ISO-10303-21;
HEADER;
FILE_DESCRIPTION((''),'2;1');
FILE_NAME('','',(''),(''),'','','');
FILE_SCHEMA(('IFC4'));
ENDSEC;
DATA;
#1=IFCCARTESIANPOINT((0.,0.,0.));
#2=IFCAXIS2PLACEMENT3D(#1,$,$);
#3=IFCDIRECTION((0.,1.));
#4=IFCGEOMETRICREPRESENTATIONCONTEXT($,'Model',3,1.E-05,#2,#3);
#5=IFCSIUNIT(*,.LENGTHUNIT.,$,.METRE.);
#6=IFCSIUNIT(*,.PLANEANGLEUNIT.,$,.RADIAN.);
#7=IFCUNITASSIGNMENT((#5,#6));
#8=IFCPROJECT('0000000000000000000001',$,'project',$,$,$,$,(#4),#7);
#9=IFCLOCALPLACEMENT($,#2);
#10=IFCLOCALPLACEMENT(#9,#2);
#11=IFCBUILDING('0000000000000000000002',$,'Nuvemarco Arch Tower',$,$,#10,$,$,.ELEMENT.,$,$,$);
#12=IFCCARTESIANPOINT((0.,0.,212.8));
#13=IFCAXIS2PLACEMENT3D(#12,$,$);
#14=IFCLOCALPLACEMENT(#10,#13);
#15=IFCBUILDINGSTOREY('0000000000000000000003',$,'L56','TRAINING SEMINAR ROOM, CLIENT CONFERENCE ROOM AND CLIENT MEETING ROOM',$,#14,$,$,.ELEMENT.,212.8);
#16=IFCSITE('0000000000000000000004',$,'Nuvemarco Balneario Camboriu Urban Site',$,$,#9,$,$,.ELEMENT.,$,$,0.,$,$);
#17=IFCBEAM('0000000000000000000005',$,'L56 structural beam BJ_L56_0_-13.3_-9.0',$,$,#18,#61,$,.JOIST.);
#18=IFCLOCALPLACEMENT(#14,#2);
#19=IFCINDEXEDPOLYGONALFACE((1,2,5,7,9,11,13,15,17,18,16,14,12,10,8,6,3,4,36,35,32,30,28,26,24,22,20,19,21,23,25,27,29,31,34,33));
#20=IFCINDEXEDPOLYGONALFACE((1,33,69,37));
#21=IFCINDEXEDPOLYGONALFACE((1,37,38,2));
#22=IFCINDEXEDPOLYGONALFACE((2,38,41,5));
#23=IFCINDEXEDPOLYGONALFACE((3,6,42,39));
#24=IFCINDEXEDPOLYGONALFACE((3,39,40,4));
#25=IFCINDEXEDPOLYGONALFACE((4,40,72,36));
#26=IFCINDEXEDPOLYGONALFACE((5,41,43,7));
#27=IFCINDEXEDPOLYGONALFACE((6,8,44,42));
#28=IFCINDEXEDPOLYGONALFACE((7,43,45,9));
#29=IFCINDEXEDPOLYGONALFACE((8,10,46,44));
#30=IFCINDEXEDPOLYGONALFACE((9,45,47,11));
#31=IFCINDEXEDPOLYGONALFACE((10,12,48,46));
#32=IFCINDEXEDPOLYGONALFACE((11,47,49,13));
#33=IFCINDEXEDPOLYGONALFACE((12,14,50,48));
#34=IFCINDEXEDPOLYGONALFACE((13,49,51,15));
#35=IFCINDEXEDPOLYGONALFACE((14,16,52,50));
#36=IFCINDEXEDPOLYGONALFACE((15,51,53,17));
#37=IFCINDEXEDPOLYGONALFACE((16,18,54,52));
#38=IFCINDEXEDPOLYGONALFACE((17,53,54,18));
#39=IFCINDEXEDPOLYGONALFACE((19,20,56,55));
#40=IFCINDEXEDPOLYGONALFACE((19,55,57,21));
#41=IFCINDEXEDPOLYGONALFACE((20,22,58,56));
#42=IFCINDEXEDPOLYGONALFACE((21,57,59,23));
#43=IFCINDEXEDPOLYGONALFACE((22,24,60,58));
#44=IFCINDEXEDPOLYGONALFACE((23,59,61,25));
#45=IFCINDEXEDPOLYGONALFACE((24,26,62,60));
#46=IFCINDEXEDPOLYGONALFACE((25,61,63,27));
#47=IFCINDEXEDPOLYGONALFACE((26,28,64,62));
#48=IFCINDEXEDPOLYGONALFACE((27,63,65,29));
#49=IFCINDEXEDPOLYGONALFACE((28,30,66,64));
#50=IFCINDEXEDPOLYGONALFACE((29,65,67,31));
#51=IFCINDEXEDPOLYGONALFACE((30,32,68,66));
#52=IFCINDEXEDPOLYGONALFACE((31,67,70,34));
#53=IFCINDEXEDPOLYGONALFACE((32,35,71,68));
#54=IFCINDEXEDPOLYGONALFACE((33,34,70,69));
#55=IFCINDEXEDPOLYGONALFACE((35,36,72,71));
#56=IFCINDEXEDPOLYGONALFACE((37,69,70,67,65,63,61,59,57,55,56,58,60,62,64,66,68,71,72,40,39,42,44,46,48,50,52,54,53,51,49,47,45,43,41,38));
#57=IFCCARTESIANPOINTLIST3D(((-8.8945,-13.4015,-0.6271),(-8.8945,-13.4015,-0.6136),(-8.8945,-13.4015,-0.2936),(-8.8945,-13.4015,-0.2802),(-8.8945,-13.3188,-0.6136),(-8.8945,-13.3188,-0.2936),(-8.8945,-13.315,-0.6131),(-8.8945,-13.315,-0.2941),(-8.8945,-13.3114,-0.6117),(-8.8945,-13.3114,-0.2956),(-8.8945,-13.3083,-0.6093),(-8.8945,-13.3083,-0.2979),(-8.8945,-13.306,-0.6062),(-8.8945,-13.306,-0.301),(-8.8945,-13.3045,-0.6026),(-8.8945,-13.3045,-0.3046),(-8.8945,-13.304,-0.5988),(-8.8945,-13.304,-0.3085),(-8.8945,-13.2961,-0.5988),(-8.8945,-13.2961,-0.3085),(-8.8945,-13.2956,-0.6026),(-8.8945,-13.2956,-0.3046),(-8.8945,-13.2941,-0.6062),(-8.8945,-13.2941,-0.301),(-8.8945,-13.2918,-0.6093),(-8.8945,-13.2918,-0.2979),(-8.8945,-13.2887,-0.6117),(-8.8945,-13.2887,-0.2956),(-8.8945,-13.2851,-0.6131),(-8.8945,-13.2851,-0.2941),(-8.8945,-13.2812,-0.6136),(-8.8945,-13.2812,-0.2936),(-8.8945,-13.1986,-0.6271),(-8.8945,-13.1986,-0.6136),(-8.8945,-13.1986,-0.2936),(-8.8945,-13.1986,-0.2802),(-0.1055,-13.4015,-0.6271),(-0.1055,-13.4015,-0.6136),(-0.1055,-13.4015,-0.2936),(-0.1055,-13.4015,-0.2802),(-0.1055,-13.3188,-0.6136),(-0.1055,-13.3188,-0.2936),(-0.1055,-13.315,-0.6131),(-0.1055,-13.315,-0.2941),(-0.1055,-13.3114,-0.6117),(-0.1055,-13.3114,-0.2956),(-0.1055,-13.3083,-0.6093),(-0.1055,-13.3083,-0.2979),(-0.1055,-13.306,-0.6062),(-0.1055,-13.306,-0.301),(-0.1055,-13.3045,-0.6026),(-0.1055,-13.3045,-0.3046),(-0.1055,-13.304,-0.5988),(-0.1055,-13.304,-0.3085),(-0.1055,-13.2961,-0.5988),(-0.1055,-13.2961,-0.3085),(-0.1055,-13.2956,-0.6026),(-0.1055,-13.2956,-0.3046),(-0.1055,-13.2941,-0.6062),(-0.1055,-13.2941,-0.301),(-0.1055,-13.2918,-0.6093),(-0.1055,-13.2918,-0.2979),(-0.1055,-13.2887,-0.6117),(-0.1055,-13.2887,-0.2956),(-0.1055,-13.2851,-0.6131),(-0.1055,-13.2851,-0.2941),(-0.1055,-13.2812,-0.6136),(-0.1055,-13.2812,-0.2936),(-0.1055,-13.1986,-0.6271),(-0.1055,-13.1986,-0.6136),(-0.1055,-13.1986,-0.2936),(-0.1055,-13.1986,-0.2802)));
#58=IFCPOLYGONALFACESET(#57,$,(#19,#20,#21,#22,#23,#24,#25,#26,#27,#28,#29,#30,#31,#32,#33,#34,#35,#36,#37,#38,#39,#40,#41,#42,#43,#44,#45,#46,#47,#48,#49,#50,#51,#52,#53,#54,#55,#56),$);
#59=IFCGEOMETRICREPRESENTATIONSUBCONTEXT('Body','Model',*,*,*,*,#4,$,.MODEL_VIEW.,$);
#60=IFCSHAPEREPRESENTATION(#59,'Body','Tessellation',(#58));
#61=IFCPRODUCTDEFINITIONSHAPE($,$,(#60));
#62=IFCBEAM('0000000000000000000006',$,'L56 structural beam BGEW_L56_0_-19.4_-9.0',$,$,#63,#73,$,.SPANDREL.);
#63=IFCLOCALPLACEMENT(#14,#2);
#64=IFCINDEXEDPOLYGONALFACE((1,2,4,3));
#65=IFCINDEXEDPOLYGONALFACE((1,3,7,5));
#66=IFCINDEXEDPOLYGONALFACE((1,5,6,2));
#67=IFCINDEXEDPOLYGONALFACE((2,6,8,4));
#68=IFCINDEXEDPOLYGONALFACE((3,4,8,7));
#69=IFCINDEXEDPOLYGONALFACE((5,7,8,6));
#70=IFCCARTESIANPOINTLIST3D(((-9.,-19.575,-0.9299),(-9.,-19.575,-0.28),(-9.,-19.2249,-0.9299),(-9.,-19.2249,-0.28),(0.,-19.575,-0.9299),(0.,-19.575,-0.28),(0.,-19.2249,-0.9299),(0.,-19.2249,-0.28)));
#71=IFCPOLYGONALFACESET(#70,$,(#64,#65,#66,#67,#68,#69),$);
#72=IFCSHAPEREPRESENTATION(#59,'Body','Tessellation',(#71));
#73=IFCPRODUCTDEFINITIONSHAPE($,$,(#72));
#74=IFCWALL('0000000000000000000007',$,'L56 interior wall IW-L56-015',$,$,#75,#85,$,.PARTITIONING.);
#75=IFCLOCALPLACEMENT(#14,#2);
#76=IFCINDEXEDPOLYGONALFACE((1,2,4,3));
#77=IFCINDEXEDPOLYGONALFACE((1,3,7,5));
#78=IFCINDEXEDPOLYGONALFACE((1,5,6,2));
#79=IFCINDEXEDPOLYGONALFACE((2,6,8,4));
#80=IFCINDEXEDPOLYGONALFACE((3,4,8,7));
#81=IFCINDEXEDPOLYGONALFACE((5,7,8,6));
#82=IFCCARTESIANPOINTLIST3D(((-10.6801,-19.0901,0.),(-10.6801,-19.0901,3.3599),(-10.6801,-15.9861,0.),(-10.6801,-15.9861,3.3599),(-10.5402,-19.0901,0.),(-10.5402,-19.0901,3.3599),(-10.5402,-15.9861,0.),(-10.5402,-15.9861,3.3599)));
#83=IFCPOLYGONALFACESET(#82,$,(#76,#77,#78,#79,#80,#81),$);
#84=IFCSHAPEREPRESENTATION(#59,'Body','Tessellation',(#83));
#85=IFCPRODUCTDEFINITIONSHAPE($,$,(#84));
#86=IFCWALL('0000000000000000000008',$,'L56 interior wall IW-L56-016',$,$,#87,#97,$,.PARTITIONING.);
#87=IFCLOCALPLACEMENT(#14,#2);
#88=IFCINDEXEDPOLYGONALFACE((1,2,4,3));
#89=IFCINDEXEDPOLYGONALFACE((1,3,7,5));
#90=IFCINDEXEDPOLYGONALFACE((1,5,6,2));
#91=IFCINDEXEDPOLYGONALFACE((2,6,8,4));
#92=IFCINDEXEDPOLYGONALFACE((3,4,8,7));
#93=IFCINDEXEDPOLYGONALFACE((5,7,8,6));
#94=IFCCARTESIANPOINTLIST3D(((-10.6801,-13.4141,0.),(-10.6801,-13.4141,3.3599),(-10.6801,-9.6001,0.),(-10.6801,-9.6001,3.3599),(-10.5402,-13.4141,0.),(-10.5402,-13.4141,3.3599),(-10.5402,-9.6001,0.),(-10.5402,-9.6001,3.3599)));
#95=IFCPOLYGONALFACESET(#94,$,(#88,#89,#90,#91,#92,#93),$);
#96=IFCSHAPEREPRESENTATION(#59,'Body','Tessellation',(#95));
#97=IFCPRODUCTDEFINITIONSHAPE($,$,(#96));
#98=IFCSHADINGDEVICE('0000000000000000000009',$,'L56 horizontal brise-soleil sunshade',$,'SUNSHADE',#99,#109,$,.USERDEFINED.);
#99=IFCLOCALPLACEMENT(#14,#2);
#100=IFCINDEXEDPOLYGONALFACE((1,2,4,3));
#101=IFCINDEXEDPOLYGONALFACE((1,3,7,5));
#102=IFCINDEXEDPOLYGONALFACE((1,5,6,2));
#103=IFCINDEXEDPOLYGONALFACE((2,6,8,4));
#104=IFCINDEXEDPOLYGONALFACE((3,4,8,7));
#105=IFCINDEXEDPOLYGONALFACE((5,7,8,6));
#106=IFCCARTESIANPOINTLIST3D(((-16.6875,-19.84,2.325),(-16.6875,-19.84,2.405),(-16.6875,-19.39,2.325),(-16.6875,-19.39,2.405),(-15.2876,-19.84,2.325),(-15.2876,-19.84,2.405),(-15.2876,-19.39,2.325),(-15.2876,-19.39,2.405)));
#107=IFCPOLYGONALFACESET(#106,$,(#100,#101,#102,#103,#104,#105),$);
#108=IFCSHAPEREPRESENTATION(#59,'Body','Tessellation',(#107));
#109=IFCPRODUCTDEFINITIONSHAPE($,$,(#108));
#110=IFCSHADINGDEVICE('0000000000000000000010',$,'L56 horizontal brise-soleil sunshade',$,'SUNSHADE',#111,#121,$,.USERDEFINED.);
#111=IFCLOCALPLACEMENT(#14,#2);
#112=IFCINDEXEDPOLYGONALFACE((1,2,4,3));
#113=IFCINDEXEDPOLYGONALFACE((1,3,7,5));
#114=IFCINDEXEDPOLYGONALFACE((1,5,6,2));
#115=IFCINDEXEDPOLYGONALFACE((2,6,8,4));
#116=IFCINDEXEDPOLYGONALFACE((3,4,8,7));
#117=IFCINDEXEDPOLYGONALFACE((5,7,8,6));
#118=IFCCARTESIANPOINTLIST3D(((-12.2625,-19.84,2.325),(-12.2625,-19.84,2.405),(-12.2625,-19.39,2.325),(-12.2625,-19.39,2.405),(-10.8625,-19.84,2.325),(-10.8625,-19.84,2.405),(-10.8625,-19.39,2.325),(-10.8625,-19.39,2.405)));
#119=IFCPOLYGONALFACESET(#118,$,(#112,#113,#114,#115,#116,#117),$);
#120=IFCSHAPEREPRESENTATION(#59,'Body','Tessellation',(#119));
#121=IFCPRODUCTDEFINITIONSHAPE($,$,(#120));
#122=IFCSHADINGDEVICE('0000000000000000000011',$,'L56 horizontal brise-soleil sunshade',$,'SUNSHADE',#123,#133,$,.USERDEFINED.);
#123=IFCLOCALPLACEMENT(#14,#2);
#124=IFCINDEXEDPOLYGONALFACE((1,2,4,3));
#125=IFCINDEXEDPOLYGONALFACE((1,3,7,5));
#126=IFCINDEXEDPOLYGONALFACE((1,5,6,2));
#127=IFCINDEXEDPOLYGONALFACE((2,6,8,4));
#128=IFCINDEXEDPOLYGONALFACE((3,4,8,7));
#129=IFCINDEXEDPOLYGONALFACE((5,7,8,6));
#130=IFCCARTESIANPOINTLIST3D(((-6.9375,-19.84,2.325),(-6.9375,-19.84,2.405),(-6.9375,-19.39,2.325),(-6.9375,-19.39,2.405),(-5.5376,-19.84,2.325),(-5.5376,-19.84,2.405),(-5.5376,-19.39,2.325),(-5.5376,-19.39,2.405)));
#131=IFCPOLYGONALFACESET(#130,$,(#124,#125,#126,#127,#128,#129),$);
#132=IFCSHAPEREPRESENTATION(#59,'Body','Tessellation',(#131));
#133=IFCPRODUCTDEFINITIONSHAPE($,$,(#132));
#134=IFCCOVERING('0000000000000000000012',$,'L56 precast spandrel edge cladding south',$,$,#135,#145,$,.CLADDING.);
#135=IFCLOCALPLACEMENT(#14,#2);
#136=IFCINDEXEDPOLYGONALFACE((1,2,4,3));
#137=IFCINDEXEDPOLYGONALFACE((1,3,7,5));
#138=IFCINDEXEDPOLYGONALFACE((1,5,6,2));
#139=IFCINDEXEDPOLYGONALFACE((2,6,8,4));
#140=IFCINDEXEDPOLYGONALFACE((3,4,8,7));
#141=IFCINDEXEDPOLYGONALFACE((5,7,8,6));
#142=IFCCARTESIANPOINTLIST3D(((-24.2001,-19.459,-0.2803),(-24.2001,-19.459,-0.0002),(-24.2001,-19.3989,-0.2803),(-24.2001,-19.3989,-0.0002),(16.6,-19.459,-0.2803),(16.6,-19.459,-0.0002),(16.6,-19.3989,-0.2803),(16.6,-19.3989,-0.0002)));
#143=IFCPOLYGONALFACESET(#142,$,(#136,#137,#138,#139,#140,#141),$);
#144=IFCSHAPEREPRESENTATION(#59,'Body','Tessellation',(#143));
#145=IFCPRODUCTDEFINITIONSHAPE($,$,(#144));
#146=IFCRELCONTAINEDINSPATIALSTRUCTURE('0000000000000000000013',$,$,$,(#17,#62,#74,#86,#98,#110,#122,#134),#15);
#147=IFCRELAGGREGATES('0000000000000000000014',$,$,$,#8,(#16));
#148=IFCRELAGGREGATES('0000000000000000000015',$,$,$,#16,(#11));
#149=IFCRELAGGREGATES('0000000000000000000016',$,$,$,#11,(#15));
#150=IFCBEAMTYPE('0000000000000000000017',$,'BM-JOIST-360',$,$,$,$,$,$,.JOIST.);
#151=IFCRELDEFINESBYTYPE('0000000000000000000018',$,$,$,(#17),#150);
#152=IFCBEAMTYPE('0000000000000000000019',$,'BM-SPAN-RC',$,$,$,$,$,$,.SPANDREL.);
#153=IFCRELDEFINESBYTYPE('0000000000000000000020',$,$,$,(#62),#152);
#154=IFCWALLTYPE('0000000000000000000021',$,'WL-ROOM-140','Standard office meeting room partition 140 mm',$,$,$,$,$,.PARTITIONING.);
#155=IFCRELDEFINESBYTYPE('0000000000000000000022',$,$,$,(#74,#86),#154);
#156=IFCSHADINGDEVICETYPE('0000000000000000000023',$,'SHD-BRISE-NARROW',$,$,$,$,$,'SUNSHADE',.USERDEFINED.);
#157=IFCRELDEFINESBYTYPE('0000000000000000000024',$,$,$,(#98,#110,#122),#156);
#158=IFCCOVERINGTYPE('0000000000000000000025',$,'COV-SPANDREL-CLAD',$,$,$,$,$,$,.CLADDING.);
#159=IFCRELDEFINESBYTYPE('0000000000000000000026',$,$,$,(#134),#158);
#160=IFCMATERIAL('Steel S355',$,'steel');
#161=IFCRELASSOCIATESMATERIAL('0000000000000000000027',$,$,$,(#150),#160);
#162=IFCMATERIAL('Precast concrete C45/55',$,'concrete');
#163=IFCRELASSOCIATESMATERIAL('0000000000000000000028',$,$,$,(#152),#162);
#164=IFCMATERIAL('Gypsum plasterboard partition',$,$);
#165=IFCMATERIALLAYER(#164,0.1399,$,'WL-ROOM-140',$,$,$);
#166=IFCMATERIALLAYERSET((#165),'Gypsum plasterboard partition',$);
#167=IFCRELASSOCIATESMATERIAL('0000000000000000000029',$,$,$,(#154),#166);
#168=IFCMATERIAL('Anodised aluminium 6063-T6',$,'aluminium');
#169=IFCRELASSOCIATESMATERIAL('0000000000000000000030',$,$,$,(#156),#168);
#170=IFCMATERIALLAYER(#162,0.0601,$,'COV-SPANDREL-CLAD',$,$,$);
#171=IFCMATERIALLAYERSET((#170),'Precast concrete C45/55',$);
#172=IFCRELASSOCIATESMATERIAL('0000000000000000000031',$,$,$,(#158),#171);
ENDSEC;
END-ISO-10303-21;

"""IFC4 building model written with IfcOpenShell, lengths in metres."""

from ifc_helpers import new_model, si_unit, direction, frame, frame_2d, origin, origin_2d, place, context, subcontext, project, spatial, rectangle, i_section, extrude, source, transform, mapped, material, layer, layer_set, material_profile, profile_set, type_object, type_shapes, element, save


model = new_model("IFC4")

# Units and contexts
model_context = context("Model", 3, precision=1e-05, world=origin(), true_north=direction((0.0, 1.0)))
body_context = subcontext(model_context, "Body", "Model", "MODEL_VIEW")
ifc_project = project(units=[si_unit("LENGTHUNIT", "METRE"), si_unit("PLANEANGLEUNIT", "RADIAN")], contexts=[model_context])

# Site, building, storey
site_placement = place(None, origin())
site = spatial("IfcSite", under=ifc_project, at=site_placement, Name="Nuvemarco Balneario Camboriu Urban Site", CompositionType="ELEMENT", RefElevation=0.0)
building_placement = place(site_placement, origin())
building = spatial("IfcBuilding", under=site, at=building_placement, Name="Nuvemarco Arch Tower", CompositionType="ELEMENT")
storey_placement = place(building_placement, frame((0.0, 0.0, 212.8)))
storey = spatial("IfcBuildingStorey", under=building, at=storey_placement, Name="L56", Description="TRAINING SEMINAR ROOM, CLIENT CONFERENCE ROOM AND CLIENT MEETING ROOM", CompositionType="ELEMENT", Elevation=212.8)

# Shared definitions
ifc_material_1 = material(Name="Steel S355", Category="steel")

# Beams
ifc_material_profile_1 = material_profile(ifc_material_1, i_section(OverallWidth=0.2029, OverallDepth=0.3469, WebThickness=0.0078, FlangeThickness=0.0134, FilletRadius=0.0149, at=origin_2d()), Name="W360x64")
ifc_profile_set_1 = profile_set([ifc_material_profile_1], Name="Steel S355")
beam_type_1 = type_object("IfcBeamType", Name="BM-JOIST-360", PredefinedType="JOIST", material=ifc_profile_set_1)
beam_1_placement = place(storey_placement, frame((-8.8945, -13.3, -0.4536), z_axis=(1.0, 0.0, 0.0), x_axis=(0.0, 1.0, 0.0)))
element("IfcBeam", 1, at=beam_1_placement, inside=storey, type_object=beam_type_1, Name="L56 structural beam BJ_L56_0_-13.3_-9.0", PredefinedType="JOIST", context=body_context, shape_type="SweptSolid", body=[
    extrude(i_section(OverallWidth=0.2029, OverallDepth=0.3469, WebThickness=0.0078, FlangeThickness=0.0134, FilletRadius=0.0149, at=origin_2d()), origin(), (0.0, 0.0, 1.0), 8.7891),
])
ifc_material_2 = material(Name="Precast concrete C45/55", Category="concrete")
ifc_material_profile_2 = material_profile(ifc_material_2, rectangle(XDim=0.3501, YDim=0.6499, at=origin_2d()), Name="PC-SP-350x650")
ifc_profile_set_2 = profile_set([ifc_material_profile_2], Name="Precast concrete C45/55")
beam_type_2 = type_object("IfcBeamType", Name="BM-SPAN-RC", PredefinedType="SPANDREL", material=ifc_profile_set_2)
beam_2_placement = place(storey_placement, frame((-9.0, -19.3999, -0.605), z_axis=(1.0, 0.0, 0.0), x_axis=(0.0, 1.0, 0.0)))
element("IfcBeam", 2, at=beam_2_placement, inside=storey, type_object=beam_type_2, Name="L56 structural beam BGEW_L56_0_-19.4_-9.0", PredefinedType="SPANDREL", context=body_context, shape_type="SweptSolid", body=[
    extrude(rectangle(XDim=0.3501, YDim=0.6499, at=origin_2d()), origin(), (0.0, 0.0, 1.0), 9.0),
])

# Walls
ifc_material_3 = material(Name="Gypsum plasterboard partition")
ifc_layer_1 = layer(ifc_material_3, 0.1399, Name="WL-ROOM-140")
ifc_layer_set_1 = layer_set([ifc_layer_1], Name="Gypsum plasterboard partition")
wall_type = type_object("IfcWallType", Name="WL-ROOM-140", Description="Standard office meeting room partition 140 mm", PredefinedType="PARTITIONING", material=ifc_layer_set_1)
wall_1_placement = place(storey_placement, frame((-10.6101, -19.0901, 0.0), z_axis=(0.0, 0.0, 1.0), x_axis=(0.0, 1.0, 0.0)))
element("IfcWall", 3, at=wall_1_placement, inside=storey, type_object=wall_type, Name="L56 interior wall IW-L56-015", PredefinedType="PARTITIONING", context=body_context, shape_type="SweptSolid", body=[
    extrude(rectangle(XDim=3.104, YDim=0.1399, at=frame_2d((1.552, 0.0))), origin(), (0.0, 0.0, 1.0), 3.3599),
])
wall_2_placement = place(storey_placement, frame((-10.6101, -13.4141, 0.0), z_axis=(0.0, 0.0, 1.0), x_axis=(0.0, 1.0, 0.0)))
element("IfcWall", 4, at=wall_2_placement, inside=storey, type_object=wall_type, Name="L56 interior wall IW-L56-016", PredefinedType="PARTITIONING", context=body_context, shape_type="SweptSolid", body=[
    extrude(rectangle(XDim=3.814, YDim=0.1399, at=frame_2d((1.907, 0.0))), origin(), (0.0, 0.0, 1.0), 3.3599),
])

# Shading devices
ifc_material_4 = material(Name="Anodised aluminium 6063-T6", Category="aluminium")
shading_device_type = type_object("IfcShadingDeviceType", Name="SHD-BRISE-NARROW", ElementType="SUNSHADE", PredefinedType="USERDEFINED", material=ifc_material_4)
shared_shape_1 = source(origin(), body_context, "Body", "SweptSolid", [
    extrude(rectangle(XDim=1.3999, YDim=0.45, at=origin_2d()), origin(), (0.0, 0.0, 1.0), 0.0801),
])
type_shapes(shading_device_type, [shared_shape_1])
for number, where, z_axis, x_axis, name in (
    (5, (-15.9875, -19.615, 2.325), (0.0, 0.0, 1.0), (1.0, 0.0, 0.0), "L56 horizontal brise-soleil sunshade"),
    (6, (-11.5625, -19.615, 2.325), (0.0, 0.0, 1.0), (1.0, 0.0, 0.0), "L56 horizontal brise-soleil sunshade"),
    (7, (-6.2375, -19.615, 2.325), (0.0, 0.0, 1.0), (1.0, 0.0, 0.0), "L56 horizontal brise-soleil sunshade"),
):
    element("IfcShadingDevice", number, at=place(storey_placement, frame(where, z_axis=z_axis, x_axis=x_axis)), inside=storey, type_object=shading_device_type, Name=name, ObjectType="SUNSHADE", PredefinedType="USERDEFINED", context=body_context, shape_type="MappedRepresentation", body=[
        mapped(shared_shape_1, transform((0.0, 0.0, 0.0), scale=1.0)),
    ])

# Covering
ifc_layer_2 = layer(ifc_material_2, 0.0601, Name="COV-SPANDREL-CLAD")
ifc_layer_set_2 = layer_set([ifc_layer_2], Name="Precast concrete C45/55")
covering_type = type_object("IfcCoveringType", Name="COV-SPANDREL-CLAD", PredefinedType="CLADDING", material=ifc_layer_set_2)
shared_shape_2 = source(origin(), body_context, "Body", "SweptSolid", [
    extrude(rectangle(XDim=40.8, YDim=0.0601, at=origin_2d()), origin(), (0.0, 0.0, 1.0), 0.28),
])
type_shapes(covering_type, [shared_shape_2])
covering_placement = place(storey_placement, frame((-3.8, -19.429, -0.2803), z_axis=(0.0, 0.0, 1.0), x_axis=(1.0, 0.0, 0.0)))
element("IfcCovering", 8, at=covering_placement, inside=storey, type_object=covering_type, Name="L56 precast spandrel edge cladding south", PredefinedType="CLADDING", context=body_context, shape_type="MappedRepresentation", body=[
    mapped(shared_shape_2, transform((0.0, 0.0, 0.0), scale=1.0)),
])

save(model, "model.ifc")
